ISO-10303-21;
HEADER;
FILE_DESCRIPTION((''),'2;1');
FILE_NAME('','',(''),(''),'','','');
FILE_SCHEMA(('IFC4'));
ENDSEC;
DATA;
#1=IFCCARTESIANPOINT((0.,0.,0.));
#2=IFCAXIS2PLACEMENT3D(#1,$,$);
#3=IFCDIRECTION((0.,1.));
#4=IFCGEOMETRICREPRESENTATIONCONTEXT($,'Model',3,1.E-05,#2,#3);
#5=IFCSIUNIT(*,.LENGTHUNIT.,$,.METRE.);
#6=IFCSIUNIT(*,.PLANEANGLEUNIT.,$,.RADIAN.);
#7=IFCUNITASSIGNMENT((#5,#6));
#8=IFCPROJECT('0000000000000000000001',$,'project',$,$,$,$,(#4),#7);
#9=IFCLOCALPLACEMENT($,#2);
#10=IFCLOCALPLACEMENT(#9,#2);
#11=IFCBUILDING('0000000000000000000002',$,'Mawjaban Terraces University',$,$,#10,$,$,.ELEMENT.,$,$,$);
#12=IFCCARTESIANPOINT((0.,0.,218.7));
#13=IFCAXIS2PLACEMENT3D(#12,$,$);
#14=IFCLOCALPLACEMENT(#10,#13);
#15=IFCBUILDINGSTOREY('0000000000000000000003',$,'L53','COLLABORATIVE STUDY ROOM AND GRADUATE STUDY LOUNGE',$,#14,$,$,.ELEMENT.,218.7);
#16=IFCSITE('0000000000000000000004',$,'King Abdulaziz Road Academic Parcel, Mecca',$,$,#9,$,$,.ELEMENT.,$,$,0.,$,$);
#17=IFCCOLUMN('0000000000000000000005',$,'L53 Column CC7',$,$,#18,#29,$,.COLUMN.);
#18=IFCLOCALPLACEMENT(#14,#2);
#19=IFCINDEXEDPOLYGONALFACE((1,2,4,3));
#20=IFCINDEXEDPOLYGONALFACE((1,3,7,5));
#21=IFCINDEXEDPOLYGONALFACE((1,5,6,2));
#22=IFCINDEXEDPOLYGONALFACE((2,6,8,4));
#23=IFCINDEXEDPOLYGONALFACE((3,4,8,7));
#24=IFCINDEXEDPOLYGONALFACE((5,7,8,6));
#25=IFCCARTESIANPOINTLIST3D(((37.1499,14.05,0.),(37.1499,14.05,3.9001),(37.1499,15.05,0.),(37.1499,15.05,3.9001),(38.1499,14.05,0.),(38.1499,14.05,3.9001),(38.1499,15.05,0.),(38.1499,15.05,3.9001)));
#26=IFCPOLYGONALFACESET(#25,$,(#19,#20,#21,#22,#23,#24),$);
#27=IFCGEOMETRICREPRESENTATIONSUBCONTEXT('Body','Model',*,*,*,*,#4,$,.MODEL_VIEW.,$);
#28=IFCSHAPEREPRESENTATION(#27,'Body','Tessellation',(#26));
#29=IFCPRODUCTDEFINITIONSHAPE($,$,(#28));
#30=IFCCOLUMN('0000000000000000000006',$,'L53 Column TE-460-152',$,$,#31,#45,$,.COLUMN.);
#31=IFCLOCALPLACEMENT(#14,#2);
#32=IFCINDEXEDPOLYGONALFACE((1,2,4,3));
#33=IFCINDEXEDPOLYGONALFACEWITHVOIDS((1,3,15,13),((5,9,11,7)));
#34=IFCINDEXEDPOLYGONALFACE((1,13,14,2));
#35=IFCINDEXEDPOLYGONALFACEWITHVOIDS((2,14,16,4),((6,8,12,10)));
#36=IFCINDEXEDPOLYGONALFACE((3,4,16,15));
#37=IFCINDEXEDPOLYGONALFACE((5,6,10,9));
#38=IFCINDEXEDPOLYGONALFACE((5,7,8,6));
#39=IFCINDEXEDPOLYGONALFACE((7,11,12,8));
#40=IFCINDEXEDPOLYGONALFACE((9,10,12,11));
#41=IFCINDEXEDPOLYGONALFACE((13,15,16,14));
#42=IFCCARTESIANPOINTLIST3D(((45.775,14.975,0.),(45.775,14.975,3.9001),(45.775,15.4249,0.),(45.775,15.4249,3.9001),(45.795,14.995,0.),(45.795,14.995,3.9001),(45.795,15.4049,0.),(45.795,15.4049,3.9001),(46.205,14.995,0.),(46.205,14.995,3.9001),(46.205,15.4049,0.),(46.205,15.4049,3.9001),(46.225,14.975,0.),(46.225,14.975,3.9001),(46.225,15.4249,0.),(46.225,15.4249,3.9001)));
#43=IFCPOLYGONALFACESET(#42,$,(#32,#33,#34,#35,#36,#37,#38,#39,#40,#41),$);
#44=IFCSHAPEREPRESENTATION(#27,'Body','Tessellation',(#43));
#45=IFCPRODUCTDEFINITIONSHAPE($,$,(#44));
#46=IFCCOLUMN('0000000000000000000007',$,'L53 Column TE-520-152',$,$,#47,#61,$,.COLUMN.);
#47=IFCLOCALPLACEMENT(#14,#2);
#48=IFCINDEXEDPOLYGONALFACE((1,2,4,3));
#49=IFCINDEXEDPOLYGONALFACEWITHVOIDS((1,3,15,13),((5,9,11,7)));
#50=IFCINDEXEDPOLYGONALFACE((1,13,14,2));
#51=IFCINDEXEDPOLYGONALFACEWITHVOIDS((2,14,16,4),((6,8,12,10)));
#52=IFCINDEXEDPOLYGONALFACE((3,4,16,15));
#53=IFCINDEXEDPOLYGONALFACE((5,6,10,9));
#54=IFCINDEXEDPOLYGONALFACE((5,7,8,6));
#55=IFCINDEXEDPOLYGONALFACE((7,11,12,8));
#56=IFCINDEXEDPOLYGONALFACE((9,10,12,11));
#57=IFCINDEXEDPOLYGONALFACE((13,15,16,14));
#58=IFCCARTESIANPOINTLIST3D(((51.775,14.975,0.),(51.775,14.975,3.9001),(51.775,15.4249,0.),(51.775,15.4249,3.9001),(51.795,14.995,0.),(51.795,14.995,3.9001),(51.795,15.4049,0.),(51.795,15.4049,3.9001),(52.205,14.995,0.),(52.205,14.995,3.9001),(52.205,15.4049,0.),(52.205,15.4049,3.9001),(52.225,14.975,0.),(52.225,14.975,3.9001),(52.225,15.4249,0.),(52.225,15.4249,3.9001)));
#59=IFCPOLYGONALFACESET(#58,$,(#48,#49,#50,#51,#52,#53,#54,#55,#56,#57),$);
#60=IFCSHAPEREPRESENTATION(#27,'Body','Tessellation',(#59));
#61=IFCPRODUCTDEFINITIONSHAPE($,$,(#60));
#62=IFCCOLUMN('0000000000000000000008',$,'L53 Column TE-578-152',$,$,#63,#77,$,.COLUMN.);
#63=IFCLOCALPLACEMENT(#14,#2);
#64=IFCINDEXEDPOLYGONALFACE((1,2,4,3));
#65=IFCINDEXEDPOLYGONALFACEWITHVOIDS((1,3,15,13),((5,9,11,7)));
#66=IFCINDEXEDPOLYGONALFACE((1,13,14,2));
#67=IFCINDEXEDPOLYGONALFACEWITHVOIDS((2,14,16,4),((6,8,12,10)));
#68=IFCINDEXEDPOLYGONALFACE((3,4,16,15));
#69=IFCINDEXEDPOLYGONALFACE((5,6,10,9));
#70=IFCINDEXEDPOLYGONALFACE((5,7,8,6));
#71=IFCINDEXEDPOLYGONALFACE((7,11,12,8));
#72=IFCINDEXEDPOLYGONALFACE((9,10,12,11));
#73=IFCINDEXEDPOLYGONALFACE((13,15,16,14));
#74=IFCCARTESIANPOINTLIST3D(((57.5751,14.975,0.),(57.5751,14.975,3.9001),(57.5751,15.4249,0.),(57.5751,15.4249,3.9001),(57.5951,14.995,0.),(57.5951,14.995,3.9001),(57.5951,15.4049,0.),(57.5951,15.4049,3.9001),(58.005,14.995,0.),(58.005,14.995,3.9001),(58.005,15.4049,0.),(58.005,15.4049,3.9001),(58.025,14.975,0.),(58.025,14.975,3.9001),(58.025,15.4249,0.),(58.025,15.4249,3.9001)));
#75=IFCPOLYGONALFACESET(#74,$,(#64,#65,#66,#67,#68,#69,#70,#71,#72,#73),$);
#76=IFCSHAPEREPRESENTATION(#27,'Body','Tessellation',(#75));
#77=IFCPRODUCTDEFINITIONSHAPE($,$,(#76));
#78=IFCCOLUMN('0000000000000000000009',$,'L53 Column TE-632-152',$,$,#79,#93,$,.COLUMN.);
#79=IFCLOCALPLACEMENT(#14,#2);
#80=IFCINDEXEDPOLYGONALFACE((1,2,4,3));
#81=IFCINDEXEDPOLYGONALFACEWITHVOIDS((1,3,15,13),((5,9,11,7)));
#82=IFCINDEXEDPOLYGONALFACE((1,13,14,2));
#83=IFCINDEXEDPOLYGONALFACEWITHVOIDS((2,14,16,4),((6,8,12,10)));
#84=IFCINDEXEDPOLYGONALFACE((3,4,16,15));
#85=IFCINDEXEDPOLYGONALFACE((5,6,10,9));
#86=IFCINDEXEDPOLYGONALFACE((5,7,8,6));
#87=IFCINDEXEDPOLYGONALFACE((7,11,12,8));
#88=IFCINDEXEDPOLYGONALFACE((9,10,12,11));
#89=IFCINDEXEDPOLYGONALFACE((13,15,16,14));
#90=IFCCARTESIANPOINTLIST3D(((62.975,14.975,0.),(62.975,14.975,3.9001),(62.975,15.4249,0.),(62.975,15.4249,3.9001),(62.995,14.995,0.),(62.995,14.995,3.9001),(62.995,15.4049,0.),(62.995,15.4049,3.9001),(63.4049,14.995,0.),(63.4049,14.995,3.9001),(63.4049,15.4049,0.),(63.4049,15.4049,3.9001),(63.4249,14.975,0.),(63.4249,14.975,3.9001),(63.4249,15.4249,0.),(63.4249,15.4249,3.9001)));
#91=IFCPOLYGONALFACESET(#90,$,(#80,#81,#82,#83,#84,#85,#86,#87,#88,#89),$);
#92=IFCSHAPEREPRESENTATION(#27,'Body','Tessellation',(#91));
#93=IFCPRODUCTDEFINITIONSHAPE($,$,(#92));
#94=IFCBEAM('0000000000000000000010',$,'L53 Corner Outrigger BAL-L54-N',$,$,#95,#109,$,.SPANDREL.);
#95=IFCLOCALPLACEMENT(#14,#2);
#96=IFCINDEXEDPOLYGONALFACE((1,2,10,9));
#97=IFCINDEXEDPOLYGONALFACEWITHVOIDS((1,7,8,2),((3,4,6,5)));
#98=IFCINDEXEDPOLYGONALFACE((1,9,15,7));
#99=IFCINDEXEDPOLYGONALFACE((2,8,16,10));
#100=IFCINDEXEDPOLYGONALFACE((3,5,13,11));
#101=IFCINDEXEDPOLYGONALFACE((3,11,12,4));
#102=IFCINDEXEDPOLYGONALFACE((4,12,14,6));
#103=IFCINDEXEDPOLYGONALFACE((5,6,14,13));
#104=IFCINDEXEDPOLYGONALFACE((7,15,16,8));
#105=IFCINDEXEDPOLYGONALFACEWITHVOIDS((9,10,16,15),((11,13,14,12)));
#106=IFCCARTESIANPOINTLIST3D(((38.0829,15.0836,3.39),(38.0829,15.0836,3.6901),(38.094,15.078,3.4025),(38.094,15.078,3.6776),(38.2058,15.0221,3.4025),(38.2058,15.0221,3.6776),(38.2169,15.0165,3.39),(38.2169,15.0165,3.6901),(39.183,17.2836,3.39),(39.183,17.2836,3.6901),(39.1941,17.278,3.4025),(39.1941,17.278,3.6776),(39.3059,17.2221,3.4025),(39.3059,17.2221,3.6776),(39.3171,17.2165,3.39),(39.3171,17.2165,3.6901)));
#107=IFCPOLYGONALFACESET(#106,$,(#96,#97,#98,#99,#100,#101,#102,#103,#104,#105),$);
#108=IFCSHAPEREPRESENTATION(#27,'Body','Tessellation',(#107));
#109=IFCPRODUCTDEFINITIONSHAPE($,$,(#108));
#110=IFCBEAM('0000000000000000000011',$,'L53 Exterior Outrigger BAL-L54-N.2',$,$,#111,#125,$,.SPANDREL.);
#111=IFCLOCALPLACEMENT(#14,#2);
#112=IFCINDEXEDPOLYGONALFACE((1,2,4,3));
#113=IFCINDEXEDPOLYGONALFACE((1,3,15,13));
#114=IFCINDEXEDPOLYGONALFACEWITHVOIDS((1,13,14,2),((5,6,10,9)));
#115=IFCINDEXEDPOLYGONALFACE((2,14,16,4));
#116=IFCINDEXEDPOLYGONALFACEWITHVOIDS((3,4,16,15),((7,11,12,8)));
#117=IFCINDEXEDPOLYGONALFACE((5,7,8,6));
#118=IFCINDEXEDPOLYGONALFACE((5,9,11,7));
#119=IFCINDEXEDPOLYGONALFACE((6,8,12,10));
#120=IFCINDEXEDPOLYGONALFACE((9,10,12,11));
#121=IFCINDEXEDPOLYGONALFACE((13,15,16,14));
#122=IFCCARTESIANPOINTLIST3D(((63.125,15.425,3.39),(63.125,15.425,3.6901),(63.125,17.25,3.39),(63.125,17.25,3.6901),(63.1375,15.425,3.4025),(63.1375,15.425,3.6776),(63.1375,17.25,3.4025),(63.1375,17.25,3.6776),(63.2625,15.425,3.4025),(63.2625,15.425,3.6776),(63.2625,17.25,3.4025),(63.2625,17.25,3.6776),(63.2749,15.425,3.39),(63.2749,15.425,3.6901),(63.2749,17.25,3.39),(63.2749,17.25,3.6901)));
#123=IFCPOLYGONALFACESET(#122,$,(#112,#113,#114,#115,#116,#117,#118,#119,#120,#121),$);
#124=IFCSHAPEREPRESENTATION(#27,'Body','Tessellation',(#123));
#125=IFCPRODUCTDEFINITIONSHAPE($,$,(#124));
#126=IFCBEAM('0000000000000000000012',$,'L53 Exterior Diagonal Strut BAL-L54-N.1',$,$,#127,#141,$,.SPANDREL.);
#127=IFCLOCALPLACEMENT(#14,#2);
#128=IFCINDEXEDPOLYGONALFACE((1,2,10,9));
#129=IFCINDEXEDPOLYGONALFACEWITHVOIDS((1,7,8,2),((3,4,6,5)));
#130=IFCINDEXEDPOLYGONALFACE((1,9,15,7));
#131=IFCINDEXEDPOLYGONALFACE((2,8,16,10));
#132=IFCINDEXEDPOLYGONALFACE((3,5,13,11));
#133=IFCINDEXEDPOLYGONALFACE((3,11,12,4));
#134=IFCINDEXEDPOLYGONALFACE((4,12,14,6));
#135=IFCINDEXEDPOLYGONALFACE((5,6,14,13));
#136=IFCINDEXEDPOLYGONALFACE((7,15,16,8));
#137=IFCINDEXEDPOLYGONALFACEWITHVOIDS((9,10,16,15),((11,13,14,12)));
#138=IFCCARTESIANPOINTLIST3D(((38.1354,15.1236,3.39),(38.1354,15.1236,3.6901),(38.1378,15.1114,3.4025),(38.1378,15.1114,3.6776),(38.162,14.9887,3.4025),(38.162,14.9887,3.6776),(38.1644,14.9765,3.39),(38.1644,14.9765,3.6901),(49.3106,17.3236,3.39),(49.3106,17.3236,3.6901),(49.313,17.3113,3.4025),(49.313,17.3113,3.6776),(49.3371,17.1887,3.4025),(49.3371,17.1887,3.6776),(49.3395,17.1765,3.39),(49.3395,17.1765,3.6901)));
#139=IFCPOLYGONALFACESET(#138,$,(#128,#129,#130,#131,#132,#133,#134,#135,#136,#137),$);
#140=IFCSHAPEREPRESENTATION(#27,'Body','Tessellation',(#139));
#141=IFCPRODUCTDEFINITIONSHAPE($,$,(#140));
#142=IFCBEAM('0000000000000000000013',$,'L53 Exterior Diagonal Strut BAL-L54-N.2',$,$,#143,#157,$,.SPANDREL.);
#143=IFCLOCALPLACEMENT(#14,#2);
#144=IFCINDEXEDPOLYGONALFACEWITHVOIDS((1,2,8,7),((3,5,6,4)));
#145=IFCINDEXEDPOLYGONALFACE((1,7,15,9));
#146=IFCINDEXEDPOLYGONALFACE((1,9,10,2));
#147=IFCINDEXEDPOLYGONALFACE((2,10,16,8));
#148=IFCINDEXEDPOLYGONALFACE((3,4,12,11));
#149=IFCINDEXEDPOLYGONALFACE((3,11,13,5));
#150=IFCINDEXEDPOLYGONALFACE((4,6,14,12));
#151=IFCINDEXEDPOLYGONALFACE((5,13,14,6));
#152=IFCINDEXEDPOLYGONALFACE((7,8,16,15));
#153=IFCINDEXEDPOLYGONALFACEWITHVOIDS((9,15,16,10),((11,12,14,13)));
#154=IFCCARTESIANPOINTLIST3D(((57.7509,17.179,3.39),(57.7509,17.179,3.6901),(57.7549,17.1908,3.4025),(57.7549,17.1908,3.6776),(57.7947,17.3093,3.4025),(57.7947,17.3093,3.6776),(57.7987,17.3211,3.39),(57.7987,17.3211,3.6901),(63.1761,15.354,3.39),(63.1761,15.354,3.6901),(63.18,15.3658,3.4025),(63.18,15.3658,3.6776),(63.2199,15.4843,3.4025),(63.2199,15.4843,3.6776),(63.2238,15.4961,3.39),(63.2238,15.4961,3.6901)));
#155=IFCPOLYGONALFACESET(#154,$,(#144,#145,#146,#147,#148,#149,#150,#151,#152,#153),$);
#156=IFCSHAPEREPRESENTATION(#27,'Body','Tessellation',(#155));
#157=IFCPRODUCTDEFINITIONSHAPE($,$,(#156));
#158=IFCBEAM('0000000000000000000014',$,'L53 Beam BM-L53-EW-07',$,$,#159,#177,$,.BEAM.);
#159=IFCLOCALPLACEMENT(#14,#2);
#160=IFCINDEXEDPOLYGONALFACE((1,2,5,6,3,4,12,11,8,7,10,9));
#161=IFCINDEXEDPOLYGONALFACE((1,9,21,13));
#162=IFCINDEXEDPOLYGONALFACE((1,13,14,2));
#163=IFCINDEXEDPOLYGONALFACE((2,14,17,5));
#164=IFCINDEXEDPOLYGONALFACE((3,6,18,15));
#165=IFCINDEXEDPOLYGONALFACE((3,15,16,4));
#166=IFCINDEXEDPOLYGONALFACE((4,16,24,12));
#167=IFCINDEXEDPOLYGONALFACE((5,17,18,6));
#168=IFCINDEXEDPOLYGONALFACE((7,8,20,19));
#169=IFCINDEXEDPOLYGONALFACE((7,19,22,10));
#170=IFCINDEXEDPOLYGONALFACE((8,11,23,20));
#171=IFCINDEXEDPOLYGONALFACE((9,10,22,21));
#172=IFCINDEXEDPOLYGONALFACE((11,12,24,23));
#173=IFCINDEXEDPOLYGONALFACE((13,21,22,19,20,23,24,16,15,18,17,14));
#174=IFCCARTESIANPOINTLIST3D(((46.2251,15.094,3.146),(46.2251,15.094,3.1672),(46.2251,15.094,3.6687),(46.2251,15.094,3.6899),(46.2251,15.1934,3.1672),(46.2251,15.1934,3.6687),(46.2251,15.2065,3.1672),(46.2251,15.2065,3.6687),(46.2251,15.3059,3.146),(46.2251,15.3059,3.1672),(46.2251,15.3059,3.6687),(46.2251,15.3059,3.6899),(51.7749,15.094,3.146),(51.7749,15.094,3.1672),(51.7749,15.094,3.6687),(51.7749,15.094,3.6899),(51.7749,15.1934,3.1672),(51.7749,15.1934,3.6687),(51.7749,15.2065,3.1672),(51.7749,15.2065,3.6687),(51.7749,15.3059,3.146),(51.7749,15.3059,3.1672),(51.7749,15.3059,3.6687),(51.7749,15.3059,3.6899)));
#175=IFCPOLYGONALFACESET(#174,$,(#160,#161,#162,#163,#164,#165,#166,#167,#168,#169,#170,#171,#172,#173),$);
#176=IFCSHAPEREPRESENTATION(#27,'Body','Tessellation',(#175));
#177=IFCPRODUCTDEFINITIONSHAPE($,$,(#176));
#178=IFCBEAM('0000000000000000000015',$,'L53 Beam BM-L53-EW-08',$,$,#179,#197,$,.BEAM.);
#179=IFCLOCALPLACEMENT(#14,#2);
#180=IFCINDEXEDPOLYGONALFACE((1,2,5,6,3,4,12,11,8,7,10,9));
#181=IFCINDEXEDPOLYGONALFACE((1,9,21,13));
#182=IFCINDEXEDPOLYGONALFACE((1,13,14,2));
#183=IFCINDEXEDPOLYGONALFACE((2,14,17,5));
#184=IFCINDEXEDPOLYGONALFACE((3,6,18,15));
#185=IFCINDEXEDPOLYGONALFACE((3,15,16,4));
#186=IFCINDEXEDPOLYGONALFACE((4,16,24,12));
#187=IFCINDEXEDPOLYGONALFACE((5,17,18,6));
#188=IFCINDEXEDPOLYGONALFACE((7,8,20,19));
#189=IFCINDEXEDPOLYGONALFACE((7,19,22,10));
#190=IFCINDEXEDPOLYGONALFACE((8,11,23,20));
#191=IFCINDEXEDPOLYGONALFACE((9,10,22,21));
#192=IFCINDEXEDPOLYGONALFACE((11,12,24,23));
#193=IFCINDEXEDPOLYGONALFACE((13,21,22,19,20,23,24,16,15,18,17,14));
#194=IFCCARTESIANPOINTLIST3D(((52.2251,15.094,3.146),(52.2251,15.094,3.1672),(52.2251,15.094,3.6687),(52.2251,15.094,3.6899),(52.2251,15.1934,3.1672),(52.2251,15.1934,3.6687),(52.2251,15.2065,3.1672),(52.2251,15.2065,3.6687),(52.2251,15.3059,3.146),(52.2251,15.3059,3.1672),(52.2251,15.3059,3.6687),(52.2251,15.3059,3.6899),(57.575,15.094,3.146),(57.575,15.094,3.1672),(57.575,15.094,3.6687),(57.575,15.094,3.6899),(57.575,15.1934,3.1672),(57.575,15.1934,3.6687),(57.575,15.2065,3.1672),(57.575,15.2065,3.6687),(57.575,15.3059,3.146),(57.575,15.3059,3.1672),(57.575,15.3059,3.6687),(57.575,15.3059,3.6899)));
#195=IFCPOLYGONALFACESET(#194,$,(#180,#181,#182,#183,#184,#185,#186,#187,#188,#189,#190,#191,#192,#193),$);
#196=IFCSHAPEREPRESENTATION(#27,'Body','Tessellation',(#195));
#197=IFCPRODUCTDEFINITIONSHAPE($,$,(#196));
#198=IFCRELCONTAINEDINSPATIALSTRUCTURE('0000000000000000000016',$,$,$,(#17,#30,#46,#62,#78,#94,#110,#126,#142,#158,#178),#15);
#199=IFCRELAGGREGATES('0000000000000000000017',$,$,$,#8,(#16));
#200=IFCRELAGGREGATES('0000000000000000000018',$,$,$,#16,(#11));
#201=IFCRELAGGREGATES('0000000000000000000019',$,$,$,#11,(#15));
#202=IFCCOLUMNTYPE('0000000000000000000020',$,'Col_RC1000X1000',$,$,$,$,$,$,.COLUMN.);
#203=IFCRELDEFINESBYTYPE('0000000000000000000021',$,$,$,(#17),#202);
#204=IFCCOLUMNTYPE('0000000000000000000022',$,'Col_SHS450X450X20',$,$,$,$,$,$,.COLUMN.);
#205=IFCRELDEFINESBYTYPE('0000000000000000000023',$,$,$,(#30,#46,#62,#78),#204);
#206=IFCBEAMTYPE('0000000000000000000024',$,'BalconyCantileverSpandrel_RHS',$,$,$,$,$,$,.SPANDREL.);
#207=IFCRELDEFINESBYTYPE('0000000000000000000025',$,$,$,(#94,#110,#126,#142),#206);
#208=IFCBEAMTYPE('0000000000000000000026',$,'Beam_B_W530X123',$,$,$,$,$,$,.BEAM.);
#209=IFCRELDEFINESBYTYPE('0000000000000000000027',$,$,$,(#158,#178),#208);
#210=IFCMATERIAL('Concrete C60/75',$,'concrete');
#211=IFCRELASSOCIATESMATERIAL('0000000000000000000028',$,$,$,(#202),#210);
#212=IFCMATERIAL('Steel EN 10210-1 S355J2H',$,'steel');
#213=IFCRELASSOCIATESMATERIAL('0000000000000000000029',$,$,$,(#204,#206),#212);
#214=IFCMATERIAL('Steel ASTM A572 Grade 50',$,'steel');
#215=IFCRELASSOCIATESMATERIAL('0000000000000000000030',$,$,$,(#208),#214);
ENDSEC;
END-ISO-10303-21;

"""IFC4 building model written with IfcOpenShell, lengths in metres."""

from ifc_helpers import new_model, si_unit, direction, frame, origin, origin_2d, place, context, subcontext, project, spatial, rectangle, hollow_rectangle, i_section, extrude, material, material_profile, profile_set, type_object, element, save


model = new_model("IFC4")

# Units and contexts
model_context = context("Model", 3, precision=1e-05, world=origin(), true_north=direction((0.0, 1.0)))
body_context = subcontext(model_context, "Body", "Model", "MODEL_VIEW")
ifc_project = project(units=[si_unit("LENGTHUNIT", "METRE"), si_unit("PLANEANGLEUNIT", "RADIAN")], contexts=[model_context])

# Site, building, storey
site_placement = place(None, origin())
site = spatial("IfcSite", under=ifc_project, at=site_placement, Name="King Abdulaziz Road Academic Parcel, Mecca", CompositionType="ELEMENT", RefElevation=0.0)
building_placement = place(site_placement, origin())
building = spatial("IfcBuilding", under=site, at=building_placement, Name="Mawjaban Terraces University", CompositionType="ELEMENT")
storey_placement = place(building_placement, frame((0.0, 0.0, 218.7)))
storey = spatial("IfcBuildingStorey", under=building, at=storey_placement, Name="L53", Description="COLLABORATIVE STUDY ROOM AND GRADUATE STUDY LOUNGE", CompositionType="ELEMENT", Elevation=218.7)

# Columns
ifc_material_1 = material(Name="Concrete C60/75", Category="concrete")
ifc_material_profile_1 = material_profile(ifc_material_1, rectangle(XDim=1.0, YDim=1.0, at=origin_2d()), Name="RC1000X1000")
ifc_profile_set_1 = profile_set([ifc_material_profile_1], Name="Concrete C60/75")
column_type_1 = type_object("IfcColumnType", Name="Col_RC1000X1000", PredefinedType="COLUMN", material=ifc_profile_set_1)
column_placement = place(storey_placement, frame((37.6499, 14.55, 0.0), z_axis=(0.0, 0.0, 1.0), x_axis=(1.0, 0.0, 0.0)))
element("IfcColumn", 1, at=column_placement, inside=storey, type_object=column_type_1, Name="L53 Column CC7", PredefinedType="COLUMN", context=body_context, shape_type="SweptSolid", body=[
    extrude(rectangle(XDim=1.0, YDim=1.0, at=origin_2d()), origin(), (0.0, 0.0, 1.0), 3.9001),
])
ifc_material_2 = material(Name="Steel EN 10210-1 S355J2H", Category="steel")
ifc_material_profile_2 = material_profile(ifc_material_2, hollow_rectangle(XDim=0.45, YDim=0.45, WallThickness=0.02, at=origin_2d()), Name="SHS450X450X20")
ifc_profile_set_2 = profile_set([ifc_material_profile_2], Name="Steel EN 10210-1 S355J2H")
column_type_2 = type_object("IfcColumnType", Name="Col_SHS450X450X20", PredefinedType="COLUMN", material=ifc_profile_set_2)
for number, where, z_axis, x_axis, name in (
    (2, (46.0, 15.2, 0.0), (0.0, 0.0, 1.0), (1.0, 0.0, 0.0), "L53 Column TE-460-152"),
    (3, (52.0, 15.2, 0.0), (0.0, 0.0, 1.0), (1.0, 0.0, 0.0), "L53 Column TE-520-152"),
    (4, (57.8, 15.2, 0.0), (0.0, 0.0, 1.0), (1.0, 0.0, 0.0), "L53 Column TE-578-152"),
    (5, (63.2, 15.2, 0.0), (0.0, 0.0, 1.0), (1.0, 0.0, 0.0), "L53 Column TE-632-152"),
):
    element("IfcColumn", number, at=place(storey_placement, frame(where, z_axis=z_axis, x_axis=x_axis)), inside=storey, type_object=column_type_2, Name=name, PredefinedType="COLUMN", context=body_context, shape_type="SweptSolid", body=[
        extrude(hollow_rectangle(XDim=0.45, YDim=0.45, WallThickness=0.02, at=origin_2d()), origin(), (0.0, 0.0, 1.0), 3.9001),
    ])

# Beams
ifc_material_profile_3 = material_profile(ifc_material_2, hollow_rectangle(XDim=0.1499, YDim=0.3, WallThickness=0.0125, at=origin_2d()), Name="RHS300X150X12.5")
ifc_profile_set_3 = profile_set([ifc_material_profile_3], Name="Steel EN 10210-1 S355J2H")
beam_type_1 = type_object("IfcBeamType", Name="BalconyCantileverSpandrel_RHS", PredefinedType="SPANDREL", material=ifc_profile_set_3)
beam_1_placement = place(storey_placement, frame((38.1499, 15.05, 3.54), z_axis=(0.447253, 0.894407, 0.0), x_axis=(-0.894407, 0.447253, 0.0)))
element("IfcBeam", 6, at=beam_1_placement, inside=storey, type_object=beam_type_1, Name="L53 Corner Outrigger BAL-L54-N", PredefinedType="SPANDREL", context=body_context, shape_type="SweptSolid", body=[
    extrude(hollow_rectangle(XDim=0.1499, YDim=0.3, WallThickness=0.0125, at=origin_2d()), origin(), (0.0, 0.0, 1.0), 2.4597),
])
beam_2_placement = place(storey_placement, frame((63.2, 15.425, 3.54), z_axis=(0.0, 1.0, 0.0), x_axis=(-1.0, 0.0, 0.0)))
element("IfcBeam", 7, at=beam_2_placement, inside=storey, type_object=beam_type_1, Name="L53 Exterior Outrigger BAL-L54-N.2", PredefinedType="SPANDREL", context=body_context, shape_type="SweptSolid", body=[
    extrude(hollow_rectangle(XDim=0.1499, YDim=0.3, WallThickness=0.0125, at=origin_2d()), origin(), (0.0, 0.0, 1.0), 1.825),
])
beam_3_placement = place(storey_placement, frame((38.1499, 15.05, 3.54), z_axis=(0.981168, 0.193155, 0.0), x_axis=(-0.193155, 0.981168, 0.0)))
element("IfcBeam", 8, at=beam_3_placement, inside=storey, type_object=beam_type_1, Name="L53 Exterior Diagonal Strut BAL-L54-N.1", PredefinedType="SPANDREL", context=body_context, shape_type="SweptSolid", body=[
    extrude(hollow_rectangle(XDim=0.1499, YDim=0.3, WallThickness=0.0125, at=origin_2d()), origin(), (0.0, 0.0, 1.0), 11.3896),
])
beam_4_placement = place(storey_placement, frame((63.2, 15.425, 3.54), z_axis=(-0.94781, 0.318837, 0.0), x_axis=(-0.318837, -0.94781, 0.0)))
element("IfcBeam", 9, at=beam_4_placement, inside=storey, type_object=beam_type_1, Name="L53 Exterior Diagonal Strut BAL-L54-N.2", PredefinedType="SPANDREL", context=body_context, shape_type="SweptSolid", body=[
    extrude(hollow_rectangle(XDim=0.1499, YDim=0.3, WallThickness=0.0125, at=origin_2d()), origin(), (0.0, 0.0, 1.0), 5.7239),
])
ifc_material_3 = material(Name="Steel ASTM A572 Grade 50", Category="steel")
ifc_material_profile_4 = material_profile(ifc_material_3, i_section(OverallWidth=0.2119, OverallDepth=0.5439, WebThickness=0.0132, FlangeThickness=0.0212, at=origin_2d()), Name="W530X123")
ifc_profile_set_4 = profile_set([ifc_material_profile_4], Name="Steel ASTM A572 Grade 50")
beam_type_2 = type_object("IfcBeamType", Name="Beam_B_W530X123", PredefinedType="BEAM", material=ifc_profile_set_4)
beam_5_placement = place(storey_placement, frame((46.2251, 15.2, 3.418), z_axis=(1.0, 0.0, 0.0), x_axis=(0.0, 1.0, 0.0)))
element("IfcBeam", 10, at=beam_5_placement, inside=storey, type_object=beam_type_2, Name="L53 Beam BM-L53-EW-07", PredefinedType="BEAM", context=body_context, shape_type="SweptSolid", body=[
    extrude(i_section(OverallWidth=0.2119, OverallDepth=0.5439, WebThickness=0.0132, FlangeThickness=0.0212, at=origin_2d()), origin(), (0.0, 0.0, 1.0), 5.5498),
])
beam_6_placement = place(storey_placement, frame((52.2251, 15.2, 3.418), z_axis=(1.0, 0.0, 0.0), x_axis=(0.0, 1.0, 0.0)))
element("IfcBeam", 11, at=beam_6_placement, inside=storey, type_object=beam_type_2, Name="L53 Beam BM-L53-EW-08", PredefinedType="BEAM", context=body_context, shape_type="SweptSolid", body=[
    extrude(i_section(OverallWidth=0.2119, OverallDepth=0.5439, WebThickness=0.0132, FlangeThickness=0.0212, at=origin_2d()), origin(), (0.0, 0.0, 1.0), 5.3499),
])

save(model, "model.ifc")
